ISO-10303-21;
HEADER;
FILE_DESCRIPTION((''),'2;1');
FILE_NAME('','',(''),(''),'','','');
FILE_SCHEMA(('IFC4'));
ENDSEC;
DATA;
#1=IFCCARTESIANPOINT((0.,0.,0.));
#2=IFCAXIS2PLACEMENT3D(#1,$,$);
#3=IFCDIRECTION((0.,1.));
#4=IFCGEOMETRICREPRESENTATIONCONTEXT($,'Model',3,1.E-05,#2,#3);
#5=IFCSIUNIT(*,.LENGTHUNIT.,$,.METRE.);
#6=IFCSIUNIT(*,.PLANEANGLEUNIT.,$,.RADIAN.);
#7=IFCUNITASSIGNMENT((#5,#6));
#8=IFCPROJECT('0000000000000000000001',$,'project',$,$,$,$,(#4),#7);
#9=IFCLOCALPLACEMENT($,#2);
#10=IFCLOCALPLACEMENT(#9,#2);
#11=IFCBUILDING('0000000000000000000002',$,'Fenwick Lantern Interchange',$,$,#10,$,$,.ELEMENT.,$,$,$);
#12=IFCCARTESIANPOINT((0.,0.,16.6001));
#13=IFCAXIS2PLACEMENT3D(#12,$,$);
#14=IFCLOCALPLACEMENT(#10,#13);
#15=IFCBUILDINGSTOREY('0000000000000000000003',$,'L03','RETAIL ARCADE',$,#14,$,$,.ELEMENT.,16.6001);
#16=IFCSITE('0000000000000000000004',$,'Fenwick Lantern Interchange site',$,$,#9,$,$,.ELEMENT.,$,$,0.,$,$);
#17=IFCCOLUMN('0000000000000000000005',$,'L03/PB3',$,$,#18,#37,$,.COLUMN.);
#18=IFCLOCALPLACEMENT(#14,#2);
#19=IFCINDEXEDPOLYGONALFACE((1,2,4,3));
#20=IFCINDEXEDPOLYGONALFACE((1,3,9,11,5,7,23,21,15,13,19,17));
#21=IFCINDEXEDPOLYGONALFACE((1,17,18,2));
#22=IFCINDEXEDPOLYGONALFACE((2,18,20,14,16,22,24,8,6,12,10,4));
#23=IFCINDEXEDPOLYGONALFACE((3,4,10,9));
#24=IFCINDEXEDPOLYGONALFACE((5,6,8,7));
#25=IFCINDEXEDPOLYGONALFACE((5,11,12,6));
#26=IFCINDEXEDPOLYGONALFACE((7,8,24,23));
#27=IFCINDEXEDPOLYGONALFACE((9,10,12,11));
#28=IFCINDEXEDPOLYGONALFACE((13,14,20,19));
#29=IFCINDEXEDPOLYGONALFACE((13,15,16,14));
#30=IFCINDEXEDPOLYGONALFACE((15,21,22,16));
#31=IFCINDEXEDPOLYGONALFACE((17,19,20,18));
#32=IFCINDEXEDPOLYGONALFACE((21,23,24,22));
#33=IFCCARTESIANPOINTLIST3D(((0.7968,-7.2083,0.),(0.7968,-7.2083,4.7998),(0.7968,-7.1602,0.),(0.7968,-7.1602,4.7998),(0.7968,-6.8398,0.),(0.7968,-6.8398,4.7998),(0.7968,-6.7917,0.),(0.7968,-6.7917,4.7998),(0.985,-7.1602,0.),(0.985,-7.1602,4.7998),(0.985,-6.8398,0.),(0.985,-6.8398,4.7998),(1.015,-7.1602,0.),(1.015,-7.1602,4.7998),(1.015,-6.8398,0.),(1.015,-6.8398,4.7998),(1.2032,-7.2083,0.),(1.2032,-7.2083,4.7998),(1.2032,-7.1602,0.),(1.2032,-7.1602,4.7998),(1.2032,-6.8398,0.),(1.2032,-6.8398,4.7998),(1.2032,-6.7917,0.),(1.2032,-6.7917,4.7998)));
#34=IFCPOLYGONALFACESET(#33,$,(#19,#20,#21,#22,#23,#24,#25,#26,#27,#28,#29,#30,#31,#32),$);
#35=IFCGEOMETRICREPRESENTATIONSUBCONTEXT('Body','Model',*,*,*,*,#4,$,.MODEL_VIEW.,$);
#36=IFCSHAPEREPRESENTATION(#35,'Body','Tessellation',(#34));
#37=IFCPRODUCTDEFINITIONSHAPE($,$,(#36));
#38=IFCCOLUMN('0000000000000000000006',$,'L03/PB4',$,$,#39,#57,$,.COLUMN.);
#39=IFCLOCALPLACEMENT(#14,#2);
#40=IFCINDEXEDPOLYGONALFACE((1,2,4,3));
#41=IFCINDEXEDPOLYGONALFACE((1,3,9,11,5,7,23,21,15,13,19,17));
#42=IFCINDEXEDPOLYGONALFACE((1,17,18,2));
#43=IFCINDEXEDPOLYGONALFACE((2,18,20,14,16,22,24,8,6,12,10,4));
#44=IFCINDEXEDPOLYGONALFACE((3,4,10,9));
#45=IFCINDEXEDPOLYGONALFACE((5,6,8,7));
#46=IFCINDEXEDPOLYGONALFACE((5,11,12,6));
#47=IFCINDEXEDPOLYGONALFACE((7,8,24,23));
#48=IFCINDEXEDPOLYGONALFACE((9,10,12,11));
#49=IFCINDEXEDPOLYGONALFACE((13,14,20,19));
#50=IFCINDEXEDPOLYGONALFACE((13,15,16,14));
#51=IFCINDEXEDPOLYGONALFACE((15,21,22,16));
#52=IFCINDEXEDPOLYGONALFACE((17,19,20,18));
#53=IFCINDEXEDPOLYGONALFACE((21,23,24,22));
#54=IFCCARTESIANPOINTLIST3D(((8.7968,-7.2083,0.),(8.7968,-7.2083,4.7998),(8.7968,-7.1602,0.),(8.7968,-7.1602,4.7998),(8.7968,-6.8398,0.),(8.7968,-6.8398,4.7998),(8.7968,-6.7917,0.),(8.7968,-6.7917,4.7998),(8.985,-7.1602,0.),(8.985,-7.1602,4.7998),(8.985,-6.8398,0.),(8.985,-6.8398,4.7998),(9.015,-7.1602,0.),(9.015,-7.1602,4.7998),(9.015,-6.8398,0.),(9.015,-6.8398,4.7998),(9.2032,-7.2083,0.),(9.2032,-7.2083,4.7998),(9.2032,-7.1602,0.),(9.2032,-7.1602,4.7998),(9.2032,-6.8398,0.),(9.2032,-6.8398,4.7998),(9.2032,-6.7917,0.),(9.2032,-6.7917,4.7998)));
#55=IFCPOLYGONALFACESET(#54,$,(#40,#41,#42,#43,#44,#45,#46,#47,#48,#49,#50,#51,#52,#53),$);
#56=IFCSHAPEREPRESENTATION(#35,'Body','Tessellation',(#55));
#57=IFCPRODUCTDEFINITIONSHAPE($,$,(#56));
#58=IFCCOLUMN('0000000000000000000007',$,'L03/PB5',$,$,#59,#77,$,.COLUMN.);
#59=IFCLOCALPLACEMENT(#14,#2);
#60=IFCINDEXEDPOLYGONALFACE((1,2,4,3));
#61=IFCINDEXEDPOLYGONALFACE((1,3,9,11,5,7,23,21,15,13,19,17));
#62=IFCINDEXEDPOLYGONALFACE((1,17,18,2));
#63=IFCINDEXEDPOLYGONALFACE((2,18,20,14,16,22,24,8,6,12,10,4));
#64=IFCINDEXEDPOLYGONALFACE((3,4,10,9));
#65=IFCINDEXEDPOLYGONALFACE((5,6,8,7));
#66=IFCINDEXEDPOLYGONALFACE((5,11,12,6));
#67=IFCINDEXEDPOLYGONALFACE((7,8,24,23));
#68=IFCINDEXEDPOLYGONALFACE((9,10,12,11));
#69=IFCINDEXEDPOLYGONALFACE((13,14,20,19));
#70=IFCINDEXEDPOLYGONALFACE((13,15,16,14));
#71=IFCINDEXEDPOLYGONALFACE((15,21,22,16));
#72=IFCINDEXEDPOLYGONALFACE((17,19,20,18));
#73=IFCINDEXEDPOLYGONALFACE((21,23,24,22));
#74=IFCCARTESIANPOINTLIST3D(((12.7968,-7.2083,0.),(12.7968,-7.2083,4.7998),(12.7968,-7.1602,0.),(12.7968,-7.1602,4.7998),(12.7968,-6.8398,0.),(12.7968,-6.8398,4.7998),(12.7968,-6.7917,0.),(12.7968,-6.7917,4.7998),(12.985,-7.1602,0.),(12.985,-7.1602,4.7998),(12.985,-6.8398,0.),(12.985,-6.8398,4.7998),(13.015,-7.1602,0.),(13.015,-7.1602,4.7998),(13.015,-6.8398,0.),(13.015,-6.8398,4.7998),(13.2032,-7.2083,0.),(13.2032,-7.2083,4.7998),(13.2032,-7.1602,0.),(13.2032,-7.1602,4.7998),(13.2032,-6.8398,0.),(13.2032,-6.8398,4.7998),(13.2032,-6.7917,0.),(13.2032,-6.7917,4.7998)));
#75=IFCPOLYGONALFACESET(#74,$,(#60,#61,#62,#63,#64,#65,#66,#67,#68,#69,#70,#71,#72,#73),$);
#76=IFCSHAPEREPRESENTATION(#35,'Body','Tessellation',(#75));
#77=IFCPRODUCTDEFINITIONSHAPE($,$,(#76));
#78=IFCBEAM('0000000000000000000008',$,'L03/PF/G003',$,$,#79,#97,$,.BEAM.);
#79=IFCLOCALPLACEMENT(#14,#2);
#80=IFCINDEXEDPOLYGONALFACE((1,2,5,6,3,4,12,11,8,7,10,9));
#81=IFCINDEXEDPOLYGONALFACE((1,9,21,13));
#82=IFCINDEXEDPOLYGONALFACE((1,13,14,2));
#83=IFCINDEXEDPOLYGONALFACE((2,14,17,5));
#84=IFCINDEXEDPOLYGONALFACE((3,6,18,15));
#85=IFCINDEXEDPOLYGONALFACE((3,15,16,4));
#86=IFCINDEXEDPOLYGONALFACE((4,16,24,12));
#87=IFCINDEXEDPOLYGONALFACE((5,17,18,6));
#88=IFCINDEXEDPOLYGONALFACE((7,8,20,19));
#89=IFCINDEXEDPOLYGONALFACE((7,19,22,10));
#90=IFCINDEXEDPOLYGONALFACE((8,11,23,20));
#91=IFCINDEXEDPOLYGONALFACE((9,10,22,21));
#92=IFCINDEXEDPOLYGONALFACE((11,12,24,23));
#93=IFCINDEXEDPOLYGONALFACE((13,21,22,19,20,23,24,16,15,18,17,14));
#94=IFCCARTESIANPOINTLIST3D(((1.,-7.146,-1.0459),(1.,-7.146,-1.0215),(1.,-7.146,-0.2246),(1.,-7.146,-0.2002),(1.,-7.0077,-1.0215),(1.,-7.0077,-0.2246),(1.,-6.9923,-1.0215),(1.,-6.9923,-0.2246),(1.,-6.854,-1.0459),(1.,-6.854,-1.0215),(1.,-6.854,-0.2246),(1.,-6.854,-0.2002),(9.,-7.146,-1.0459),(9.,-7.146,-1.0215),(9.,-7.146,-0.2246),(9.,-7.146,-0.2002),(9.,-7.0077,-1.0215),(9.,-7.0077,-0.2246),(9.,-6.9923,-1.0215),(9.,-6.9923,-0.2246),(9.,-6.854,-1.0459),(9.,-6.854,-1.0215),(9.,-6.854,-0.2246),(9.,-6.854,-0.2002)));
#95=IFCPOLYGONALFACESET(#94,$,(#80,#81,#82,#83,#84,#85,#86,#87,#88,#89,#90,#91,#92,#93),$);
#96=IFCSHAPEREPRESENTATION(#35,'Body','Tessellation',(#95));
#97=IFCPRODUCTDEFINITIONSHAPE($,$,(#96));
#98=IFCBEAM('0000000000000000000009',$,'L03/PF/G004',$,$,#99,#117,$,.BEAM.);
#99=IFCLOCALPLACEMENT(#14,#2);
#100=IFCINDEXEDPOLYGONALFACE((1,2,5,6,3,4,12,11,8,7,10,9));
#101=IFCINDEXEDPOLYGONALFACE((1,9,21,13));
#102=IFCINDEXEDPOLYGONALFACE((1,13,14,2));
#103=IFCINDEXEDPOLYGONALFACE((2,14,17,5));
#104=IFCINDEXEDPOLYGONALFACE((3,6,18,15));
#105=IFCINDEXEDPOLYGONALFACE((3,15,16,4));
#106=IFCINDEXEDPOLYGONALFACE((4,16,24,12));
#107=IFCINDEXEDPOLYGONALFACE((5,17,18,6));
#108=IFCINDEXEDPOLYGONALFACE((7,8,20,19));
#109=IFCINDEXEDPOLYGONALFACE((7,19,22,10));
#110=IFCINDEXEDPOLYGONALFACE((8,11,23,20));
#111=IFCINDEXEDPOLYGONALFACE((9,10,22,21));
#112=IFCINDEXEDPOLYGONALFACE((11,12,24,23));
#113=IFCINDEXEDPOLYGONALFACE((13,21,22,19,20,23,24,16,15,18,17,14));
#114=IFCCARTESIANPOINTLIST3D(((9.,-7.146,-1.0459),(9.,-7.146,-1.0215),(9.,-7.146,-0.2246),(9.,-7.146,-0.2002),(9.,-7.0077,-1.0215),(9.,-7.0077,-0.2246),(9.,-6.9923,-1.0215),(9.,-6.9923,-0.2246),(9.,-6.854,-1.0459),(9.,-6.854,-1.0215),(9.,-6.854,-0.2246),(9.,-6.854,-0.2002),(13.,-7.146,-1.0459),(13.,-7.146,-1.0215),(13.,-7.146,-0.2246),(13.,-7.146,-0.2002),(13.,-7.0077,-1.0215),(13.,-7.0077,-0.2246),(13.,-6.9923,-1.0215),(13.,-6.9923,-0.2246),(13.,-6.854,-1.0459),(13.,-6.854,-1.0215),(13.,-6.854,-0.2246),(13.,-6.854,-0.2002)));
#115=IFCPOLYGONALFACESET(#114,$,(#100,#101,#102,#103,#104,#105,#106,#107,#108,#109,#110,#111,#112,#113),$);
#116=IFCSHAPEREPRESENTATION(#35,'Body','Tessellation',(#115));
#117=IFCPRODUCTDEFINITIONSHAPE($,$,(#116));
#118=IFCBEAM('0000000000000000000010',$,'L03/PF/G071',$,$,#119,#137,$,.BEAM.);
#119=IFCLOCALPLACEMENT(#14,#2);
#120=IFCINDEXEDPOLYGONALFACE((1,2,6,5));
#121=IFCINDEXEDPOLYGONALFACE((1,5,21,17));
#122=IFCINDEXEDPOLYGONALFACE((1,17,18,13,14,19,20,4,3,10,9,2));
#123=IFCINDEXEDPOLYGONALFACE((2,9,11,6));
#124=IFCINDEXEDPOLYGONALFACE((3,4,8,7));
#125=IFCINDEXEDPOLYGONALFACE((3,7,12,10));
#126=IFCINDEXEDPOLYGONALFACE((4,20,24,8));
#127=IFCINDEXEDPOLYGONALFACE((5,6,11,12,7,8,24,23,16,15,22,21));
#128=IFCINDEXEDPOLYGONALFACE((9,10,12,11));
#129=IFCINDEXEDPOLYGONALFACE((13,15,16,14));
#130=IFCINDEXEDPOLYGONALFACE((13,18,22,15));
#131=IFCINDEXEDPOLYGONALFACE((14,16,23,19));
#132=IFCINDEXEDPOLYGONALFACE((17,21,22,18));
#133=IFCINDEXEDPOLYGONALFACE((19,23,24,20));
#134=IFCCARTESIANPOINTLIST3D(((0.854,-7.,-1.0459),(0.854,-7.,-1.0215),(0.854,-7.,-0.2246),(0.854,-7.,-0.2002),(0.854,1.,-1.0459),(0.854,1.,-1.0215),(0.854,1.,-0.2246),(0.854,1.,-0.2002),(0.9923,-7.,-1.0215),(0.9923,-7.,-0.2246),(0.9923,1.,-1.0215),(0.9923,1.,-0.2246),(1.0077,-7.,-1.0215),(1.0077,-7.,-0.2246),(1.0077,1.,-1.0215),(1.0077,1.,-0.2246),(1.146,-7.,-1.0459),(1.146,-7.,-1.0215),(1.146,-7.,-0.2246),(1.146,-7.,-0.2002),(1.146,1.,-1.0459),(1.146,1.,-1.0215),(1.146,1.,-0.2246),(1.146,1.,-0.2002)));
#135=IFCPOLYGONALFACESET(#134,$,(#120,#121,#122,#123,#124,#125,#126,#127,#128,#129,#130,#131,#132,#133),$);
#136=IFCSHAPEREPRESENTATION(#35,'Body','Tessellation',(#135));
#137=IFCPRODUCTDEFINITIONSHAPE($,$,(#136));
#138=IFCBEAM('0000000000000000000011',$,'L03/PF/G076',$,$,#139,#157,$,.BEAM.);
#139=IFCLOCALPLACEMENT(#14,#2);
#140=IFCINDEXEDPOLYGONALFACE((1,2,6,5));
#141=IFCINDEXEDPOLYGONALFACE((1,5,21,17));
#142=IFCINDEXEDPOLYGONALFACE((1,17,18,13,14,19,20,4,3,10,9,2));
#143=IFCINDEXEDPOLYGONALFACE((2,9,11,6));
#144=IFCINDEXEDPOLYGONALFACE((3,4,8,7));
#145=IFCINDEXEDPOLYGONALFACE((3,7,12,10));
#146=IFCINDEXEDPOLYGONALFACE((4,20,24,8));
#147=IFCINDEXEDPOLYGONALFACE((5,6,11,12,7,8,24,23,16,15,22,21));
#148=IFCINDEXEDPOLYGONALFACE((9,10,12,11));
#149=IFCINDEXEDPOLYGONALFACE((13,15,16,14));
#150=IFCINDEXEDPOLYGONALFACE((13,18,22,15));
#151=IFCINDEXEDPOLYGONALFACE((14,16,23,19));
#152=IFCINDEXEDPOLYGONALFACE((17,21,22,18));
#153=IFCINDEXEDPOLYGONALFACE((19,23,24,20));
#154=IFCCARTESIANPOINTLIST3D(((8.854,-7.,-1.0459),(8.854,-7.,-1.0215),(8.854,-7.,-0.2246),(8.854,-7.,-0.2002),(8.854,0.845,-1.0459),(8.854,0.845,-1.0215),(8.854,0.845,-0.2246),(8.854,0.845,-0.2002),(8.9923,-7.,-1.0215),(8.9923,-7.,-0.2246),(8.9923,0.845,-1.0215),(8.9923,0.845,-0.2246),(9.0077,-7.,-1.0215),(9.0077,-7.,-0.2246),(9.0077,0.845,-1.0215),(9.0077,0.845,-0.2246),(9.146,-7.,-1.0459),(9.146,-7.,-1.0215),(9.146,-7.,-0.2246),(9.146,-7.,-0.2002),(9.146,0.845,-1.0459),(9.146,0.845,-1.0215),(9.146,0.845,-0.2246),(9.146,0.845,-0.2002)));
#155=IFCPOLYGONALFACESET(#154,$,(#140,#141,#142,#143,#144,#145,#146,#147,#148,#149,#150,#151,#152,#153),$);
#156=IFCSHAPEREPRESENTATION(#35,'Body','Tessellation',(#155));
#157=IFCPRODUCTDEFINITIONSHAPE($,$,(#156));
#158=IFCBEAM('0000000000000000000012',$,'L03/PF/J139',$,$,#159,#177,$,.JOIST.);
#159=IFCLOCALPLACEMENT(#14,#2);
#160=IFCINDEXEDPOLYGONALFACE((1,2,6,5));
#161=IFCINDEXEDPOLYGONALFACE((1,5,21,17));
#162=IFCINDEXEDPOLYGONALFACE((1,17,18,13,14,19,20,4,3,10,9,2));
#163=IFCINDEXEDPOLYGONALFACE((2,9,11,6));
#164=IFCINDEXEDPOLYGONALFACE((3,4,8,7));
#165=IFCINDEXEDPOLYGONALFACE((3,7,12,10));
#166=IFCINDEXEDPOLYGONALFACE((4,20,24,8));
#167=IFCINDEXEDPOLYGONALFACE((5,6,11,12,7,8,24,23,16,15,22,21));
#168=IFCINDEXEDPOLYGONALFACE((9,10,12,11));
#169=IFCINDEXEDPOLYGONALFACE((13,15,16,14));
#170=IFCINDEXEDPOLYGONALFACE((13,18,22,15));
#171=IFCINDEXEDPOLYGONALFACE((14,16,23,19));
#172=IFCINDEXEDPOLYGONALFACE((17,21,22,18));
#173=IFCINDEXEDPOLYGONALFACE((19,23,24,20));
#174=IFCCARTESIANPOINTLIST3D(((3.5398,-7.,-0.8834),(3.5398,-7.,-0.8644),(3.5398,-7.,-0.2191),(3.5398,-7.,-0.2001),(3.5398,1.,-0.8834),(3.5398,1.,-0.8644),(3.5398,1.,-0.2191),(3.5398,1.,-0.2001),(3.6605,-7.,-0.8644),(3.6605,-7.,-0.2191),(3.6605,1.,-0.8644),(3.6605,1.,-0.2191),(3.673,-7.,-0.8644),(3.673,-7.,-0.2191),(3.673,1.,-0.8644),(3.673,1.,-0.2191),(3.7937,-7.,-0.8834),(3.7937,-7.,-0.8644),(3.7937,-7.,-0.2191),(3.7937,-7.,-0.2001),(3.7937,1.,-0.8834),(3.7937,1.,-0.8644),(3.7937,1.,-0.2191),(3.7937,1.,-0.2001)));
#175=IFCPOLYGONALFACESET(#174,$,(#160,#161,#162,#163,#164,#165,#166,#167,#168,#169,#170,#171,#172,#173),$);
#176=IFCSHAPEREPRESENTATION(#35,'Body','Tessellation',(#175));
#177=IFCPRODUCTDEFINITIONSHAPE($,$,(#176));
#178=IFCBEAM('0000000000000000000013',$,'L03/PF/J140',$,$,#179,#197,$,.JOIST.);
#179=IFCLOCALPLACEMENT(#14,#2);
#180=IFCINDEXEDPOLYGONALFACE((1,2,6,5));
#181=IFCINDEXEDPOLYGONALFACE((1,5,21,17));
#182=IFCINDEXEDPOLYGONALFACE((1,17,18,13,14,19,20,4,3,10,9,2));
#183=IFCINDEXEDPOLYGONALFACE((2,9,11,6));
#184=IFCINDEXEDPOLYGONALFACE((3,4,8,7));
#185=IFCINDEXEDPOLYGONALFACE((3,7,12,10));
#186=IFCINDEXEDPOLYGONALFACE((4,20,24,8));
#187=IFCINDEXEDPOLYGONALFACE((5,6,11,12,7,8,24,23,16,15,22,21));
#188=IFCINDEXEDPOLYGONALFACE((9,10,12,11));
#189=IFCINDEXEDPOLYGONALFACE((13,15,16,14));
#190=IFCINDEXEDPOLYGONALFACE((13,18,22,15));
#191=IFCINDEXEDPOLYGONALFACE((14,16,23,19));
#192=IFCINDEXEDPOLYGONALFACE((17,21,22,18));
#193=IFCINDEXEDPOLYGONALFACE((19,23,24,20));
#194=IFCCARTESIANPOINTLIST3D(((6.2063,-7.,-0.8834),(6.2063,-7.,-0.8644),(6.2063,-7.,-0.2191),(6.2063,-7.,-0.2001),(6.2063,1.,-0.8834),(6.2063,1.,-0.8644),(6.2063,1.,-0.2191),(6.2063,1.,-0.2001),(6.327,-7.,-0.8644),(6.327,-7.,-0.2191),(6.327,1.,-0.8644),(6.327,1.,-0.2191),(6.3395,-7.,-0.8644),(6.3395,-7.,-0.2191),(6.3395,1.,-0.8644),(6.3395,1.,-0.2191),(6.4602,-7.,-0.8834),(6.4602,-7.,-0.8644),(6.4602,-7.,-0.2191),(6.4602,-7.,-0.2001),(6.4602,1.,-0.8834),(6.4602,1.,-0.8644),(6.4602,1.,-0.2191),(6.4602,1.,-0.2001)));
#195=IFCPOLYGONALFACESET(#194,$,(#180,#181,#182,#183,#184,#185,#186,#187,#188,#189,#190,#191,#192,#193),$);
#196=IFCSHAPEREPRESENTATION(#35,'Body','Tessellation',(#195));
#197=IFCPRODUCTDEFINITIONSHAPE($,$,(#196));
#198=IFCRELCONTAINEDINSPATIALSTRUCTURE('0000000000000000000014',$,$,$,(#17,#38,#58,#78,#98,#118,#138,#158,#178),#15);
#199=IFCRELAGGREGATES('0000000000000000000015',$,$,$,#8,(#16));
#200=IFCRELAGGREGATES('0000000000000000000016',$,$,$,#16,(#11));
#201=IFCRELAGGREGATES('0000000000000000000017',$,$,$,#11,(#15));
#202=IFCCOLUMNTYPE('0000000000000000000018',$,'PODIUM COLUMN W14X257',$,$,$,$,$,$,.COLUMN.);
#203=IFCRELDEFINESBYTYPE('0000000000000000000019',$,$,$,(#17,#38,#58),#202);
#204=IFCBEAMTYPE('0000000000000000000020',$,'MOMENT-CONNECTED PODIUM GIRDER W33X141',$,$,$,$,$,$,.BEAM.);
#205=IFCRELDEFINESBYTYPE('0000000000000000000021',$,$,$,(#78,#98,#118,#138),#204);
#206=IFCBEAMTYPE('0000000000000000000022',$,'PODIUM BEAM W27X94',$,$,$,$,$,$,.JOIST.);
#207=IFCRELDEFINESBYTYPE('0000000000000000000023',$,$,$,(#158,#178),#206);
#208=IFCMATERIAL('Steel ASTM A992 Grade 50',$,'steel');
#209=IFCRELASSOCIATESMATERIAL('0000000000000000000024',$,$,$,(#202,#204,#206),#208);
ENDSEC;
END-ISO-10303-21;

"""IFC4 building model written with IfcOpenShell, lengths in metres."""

from ifc_helpers import new_model, si_unit, direction, frame, origin, origin_2d, place, context, subcontext, project, spatial, i_section, extrude, material, material_profile, profile_set, type_object, element, save


model = new_model("IFC4")

# Units and contexts
model_context = context("Model", 3, precision=1e-05, world=origin(), true_north=direction((0.0, 1.0)))
body_context = subcontext(model_context, "Body", "Model", "MODEL_VIEW")
ifc_project = project(units=[si_unit("LENGTHUNIT", "METRE"), si_unit("PLANEANGLEUNIT", "RADIAN")], contexts=[model_context])

# Site, building, storey
site_placement = place(None, origin())
site = spatial("IfcSite", under=ifc_project, at=site_placement, Name="Fenwick Lantern Interchange site", CompositionType="ELEMENT", RefElevation=0.0)
building_placement = place(site_placement, origin())
building = spatial("IfcBuilding", under=site, at=building_placement, Name="Fenwick Lantern Interchange", CompositionType="ELEMENT")
storey_placement = place(building_placement, frame((0.0, 0.0, 16.6001)))
storey = spatial("IfcBuildingStorey", under=building, at=storey_placement, Name="L03", Description="RETAIL ARCADE", CompositionType="ELEMENT", Elevation=16.6001)

# Columns
ifc_material_1 = material(Name="Steel ASTM A992 Grade 50", Category="steel")
ifc_material_profile_1 = material_profile(ifc_material_1, i_section(OverallWidth=0.4065, OverallDepth=0.4165, WebThickness=0.03, FlangeThickness=0.0481, at=origin_2d()), Name="W14X257")
ifc_profile_set_1 = profile_set([ifc_material_profile_1], Name="Steel ASTM A992 Grade 50")
column_type = type_object("IfcColumnType", Name="PODIUM COLUMN W14X257", PredefinedType="COLUMN", material=ifc_profile_set_1)
for number, where, z_axis, x_axis, name in (
    (1, (1.0, -7.0, 0.0), (0.0, 0.0, 1.0), (1.0, 0.0, 0.0), "L03/PB3"),
    (2, (9.0, -7.0, 0.0), (0.0, 0.0, 1.0), (1.0, 0.0, 0.0), "L03/PB4"),
    (3, (13.0, -7.0, 0.0), (0.0, 0.0, 1.0), (1.0, 0.0, 0.0), "L03/PB5"),
):
    element("IfcColumn", number, at=place(storey_placement, frame(where, z_axis=z_axis, x_axis=x_axis)), inside=storey, type_object=column_type, Name=name, PredefinedType="COLUMN", context=body_context, shape_type="SweptSolid", body=[
        extrude(i_section(OverallWidth=0.4065, OverallDepth=0.4165, WebThickness=0.03, FlangeThickness=0.0481, at=origin_2d()), origin(), (0.0, 0.0, 1.0), 4.7998),
    ])

# Beams
ifc_material_profile_2 = material_profile(ifc_material_1, i_section(OverallWidth=0.292, OverallDepth=0.8457, WebThickness=0.0154, FlangeThickness=0.0244, at=origin_2d()), Name="W33X141")
ifc_profile_set_2 = profile_set([ifc_material_profile_2], Name="Steel ASTM A992 Grade 50")
beam_type_1 = type_object("IfcBeamType", Name="MOMENT-CONNECTED PODIUM GIRDER W33X141", PredefinedType="BEAM", material=ifc_profile_set_2)
beam_1_placement = place(storey_placement, frame((1.0, -7.0, -0.623), z_axis=(1.0, 0.0, 0.0), x_axis=(0.0, 1.0, 0.0)))
element("IfcBeam", 4, at=beam_1_placement, inside=storey, type_object=beam_type_1, Name="L03/PF/G003", PredefinedType="BEAM", context=body_context, shape_type="SweptSolid", body=[
    extrude(i_section(OverallWidth=0.292, OverallDepth=0.8457, WebThickness=0.0154, FlangeThickness=0.0244, at=origin_2d()), origin(), (0.0, 0.0, 1.0), 8.0),
])
beam_2_placement = place(storey_placement, frame((9.0, -7.0, -0.623), z_axis=(1.0, 0.0, 0.0), x_axis=(0.0, 1.0, 0.0)))
element("IfcBeam", 5, at=beam_2_placement, inside=storey, type_object=beam_type_1, Name="L03/PF/G004", PredefinedType="BEAM", context=body_context, shape_type="SweptSolid", body=[
    extrude(i_section(OverallWidth=0.292, OverallDepth=0.8457, WebThickness=0.0154, FlangeThickness=0.0244, at=origin_2d()), origin(), (0.0, 0.0, 1.0), 4.0),
])
beam_3_placement = place(storey_placement, frame((1.0, -7.0, -0.623), z_axis=(0.0, 1.0, 0.0), x_axis=(-1.0, 0.0, 0.0)))
element("IfcBeam", 6, at=beam_3_placement, inside=storey, type_object=beam_type_1, Name="L03/PF/G071", PredefinedType="BEAM", context=body_context, shape_type="SweptSolid", body=[
    extrude(i_section(OverallWidth=0.292, OverallDepth=0.8457, WebThickness=0.0154, FlangeThickness=0.0244, at=origin_2d()), origin(), (0.0, 0.0, 1.0), 8.0),
])
beam_4_placement = place(storey_placement, frame((9.0, -7.0, -0.623), z_axis=(0.0, 1.0, 0.0), x_axis=(-1.0, 0.0, 0.0)))
element("IfcBeam", 7, at=beam_4_placement, inside=storey, type_object=beam_type_1, Name="L03/PF/G076", PredefinedType="BEAM", context=body_context, shape_type="SweptSolid", body=[
    extrude(i_section(OverallWidth=0.292, OverallDepth=0.8457, WebThickness=0.0154, FlangeThickness=0.0244, at=origin_2d()), origin(), (0.0, 0.0, 1.0), 7.845),
])
ifc_material_profile_3 = material_profile(ifc_material_1, i_section(OverallWidth=0.2539, OverallDepth=0.6833, WebThickness=0.0125, FlangeThickness=0.019, at=origin_2d()), Name="W27X94")
ifc_profile_set_3 = profile_set([ifc_material_profile_3], Name="Steel ASTM A992 Grade 50")
beam_type_2 = type_object("IfcBeamType", Name="PODIUM BEAM W27X94", PredefinedType="JOIST", material=ifc_profile_set_3)
for number, where, z_axis, x_axis, name in (
    (8, (3.6667, -7.0, -0.5417), (0.0, 1.0, 0.0), (-1.0, 0.0, 0.0), "L03/PF/J139"),
    (9, (6.3333, -7.0, -0.5417), (0.0, 1.0, 0.0), (-1.0, 0.0, 0.0), "L03/PF/J140"),
):
    element("IfcBeam", number, at=place(storey_placement, frame(where, z_axis=z_axis, x_axis=x_axis)), inside=storey, type_object=beam_type_2, Name=name, PredefinedType="JOIST", context=body_context, shape_type="SweptSolid", body=[
        extrude(i_section(OverallWidth=0.2539, OverallDepth=0.6833, WebThickness=0.0125, FlangeThickness=0.019, at=origin_2d()), origin(), (0.0, 0.0, 1.0), 8.0),
    ])

save(model, "model.ifc")
